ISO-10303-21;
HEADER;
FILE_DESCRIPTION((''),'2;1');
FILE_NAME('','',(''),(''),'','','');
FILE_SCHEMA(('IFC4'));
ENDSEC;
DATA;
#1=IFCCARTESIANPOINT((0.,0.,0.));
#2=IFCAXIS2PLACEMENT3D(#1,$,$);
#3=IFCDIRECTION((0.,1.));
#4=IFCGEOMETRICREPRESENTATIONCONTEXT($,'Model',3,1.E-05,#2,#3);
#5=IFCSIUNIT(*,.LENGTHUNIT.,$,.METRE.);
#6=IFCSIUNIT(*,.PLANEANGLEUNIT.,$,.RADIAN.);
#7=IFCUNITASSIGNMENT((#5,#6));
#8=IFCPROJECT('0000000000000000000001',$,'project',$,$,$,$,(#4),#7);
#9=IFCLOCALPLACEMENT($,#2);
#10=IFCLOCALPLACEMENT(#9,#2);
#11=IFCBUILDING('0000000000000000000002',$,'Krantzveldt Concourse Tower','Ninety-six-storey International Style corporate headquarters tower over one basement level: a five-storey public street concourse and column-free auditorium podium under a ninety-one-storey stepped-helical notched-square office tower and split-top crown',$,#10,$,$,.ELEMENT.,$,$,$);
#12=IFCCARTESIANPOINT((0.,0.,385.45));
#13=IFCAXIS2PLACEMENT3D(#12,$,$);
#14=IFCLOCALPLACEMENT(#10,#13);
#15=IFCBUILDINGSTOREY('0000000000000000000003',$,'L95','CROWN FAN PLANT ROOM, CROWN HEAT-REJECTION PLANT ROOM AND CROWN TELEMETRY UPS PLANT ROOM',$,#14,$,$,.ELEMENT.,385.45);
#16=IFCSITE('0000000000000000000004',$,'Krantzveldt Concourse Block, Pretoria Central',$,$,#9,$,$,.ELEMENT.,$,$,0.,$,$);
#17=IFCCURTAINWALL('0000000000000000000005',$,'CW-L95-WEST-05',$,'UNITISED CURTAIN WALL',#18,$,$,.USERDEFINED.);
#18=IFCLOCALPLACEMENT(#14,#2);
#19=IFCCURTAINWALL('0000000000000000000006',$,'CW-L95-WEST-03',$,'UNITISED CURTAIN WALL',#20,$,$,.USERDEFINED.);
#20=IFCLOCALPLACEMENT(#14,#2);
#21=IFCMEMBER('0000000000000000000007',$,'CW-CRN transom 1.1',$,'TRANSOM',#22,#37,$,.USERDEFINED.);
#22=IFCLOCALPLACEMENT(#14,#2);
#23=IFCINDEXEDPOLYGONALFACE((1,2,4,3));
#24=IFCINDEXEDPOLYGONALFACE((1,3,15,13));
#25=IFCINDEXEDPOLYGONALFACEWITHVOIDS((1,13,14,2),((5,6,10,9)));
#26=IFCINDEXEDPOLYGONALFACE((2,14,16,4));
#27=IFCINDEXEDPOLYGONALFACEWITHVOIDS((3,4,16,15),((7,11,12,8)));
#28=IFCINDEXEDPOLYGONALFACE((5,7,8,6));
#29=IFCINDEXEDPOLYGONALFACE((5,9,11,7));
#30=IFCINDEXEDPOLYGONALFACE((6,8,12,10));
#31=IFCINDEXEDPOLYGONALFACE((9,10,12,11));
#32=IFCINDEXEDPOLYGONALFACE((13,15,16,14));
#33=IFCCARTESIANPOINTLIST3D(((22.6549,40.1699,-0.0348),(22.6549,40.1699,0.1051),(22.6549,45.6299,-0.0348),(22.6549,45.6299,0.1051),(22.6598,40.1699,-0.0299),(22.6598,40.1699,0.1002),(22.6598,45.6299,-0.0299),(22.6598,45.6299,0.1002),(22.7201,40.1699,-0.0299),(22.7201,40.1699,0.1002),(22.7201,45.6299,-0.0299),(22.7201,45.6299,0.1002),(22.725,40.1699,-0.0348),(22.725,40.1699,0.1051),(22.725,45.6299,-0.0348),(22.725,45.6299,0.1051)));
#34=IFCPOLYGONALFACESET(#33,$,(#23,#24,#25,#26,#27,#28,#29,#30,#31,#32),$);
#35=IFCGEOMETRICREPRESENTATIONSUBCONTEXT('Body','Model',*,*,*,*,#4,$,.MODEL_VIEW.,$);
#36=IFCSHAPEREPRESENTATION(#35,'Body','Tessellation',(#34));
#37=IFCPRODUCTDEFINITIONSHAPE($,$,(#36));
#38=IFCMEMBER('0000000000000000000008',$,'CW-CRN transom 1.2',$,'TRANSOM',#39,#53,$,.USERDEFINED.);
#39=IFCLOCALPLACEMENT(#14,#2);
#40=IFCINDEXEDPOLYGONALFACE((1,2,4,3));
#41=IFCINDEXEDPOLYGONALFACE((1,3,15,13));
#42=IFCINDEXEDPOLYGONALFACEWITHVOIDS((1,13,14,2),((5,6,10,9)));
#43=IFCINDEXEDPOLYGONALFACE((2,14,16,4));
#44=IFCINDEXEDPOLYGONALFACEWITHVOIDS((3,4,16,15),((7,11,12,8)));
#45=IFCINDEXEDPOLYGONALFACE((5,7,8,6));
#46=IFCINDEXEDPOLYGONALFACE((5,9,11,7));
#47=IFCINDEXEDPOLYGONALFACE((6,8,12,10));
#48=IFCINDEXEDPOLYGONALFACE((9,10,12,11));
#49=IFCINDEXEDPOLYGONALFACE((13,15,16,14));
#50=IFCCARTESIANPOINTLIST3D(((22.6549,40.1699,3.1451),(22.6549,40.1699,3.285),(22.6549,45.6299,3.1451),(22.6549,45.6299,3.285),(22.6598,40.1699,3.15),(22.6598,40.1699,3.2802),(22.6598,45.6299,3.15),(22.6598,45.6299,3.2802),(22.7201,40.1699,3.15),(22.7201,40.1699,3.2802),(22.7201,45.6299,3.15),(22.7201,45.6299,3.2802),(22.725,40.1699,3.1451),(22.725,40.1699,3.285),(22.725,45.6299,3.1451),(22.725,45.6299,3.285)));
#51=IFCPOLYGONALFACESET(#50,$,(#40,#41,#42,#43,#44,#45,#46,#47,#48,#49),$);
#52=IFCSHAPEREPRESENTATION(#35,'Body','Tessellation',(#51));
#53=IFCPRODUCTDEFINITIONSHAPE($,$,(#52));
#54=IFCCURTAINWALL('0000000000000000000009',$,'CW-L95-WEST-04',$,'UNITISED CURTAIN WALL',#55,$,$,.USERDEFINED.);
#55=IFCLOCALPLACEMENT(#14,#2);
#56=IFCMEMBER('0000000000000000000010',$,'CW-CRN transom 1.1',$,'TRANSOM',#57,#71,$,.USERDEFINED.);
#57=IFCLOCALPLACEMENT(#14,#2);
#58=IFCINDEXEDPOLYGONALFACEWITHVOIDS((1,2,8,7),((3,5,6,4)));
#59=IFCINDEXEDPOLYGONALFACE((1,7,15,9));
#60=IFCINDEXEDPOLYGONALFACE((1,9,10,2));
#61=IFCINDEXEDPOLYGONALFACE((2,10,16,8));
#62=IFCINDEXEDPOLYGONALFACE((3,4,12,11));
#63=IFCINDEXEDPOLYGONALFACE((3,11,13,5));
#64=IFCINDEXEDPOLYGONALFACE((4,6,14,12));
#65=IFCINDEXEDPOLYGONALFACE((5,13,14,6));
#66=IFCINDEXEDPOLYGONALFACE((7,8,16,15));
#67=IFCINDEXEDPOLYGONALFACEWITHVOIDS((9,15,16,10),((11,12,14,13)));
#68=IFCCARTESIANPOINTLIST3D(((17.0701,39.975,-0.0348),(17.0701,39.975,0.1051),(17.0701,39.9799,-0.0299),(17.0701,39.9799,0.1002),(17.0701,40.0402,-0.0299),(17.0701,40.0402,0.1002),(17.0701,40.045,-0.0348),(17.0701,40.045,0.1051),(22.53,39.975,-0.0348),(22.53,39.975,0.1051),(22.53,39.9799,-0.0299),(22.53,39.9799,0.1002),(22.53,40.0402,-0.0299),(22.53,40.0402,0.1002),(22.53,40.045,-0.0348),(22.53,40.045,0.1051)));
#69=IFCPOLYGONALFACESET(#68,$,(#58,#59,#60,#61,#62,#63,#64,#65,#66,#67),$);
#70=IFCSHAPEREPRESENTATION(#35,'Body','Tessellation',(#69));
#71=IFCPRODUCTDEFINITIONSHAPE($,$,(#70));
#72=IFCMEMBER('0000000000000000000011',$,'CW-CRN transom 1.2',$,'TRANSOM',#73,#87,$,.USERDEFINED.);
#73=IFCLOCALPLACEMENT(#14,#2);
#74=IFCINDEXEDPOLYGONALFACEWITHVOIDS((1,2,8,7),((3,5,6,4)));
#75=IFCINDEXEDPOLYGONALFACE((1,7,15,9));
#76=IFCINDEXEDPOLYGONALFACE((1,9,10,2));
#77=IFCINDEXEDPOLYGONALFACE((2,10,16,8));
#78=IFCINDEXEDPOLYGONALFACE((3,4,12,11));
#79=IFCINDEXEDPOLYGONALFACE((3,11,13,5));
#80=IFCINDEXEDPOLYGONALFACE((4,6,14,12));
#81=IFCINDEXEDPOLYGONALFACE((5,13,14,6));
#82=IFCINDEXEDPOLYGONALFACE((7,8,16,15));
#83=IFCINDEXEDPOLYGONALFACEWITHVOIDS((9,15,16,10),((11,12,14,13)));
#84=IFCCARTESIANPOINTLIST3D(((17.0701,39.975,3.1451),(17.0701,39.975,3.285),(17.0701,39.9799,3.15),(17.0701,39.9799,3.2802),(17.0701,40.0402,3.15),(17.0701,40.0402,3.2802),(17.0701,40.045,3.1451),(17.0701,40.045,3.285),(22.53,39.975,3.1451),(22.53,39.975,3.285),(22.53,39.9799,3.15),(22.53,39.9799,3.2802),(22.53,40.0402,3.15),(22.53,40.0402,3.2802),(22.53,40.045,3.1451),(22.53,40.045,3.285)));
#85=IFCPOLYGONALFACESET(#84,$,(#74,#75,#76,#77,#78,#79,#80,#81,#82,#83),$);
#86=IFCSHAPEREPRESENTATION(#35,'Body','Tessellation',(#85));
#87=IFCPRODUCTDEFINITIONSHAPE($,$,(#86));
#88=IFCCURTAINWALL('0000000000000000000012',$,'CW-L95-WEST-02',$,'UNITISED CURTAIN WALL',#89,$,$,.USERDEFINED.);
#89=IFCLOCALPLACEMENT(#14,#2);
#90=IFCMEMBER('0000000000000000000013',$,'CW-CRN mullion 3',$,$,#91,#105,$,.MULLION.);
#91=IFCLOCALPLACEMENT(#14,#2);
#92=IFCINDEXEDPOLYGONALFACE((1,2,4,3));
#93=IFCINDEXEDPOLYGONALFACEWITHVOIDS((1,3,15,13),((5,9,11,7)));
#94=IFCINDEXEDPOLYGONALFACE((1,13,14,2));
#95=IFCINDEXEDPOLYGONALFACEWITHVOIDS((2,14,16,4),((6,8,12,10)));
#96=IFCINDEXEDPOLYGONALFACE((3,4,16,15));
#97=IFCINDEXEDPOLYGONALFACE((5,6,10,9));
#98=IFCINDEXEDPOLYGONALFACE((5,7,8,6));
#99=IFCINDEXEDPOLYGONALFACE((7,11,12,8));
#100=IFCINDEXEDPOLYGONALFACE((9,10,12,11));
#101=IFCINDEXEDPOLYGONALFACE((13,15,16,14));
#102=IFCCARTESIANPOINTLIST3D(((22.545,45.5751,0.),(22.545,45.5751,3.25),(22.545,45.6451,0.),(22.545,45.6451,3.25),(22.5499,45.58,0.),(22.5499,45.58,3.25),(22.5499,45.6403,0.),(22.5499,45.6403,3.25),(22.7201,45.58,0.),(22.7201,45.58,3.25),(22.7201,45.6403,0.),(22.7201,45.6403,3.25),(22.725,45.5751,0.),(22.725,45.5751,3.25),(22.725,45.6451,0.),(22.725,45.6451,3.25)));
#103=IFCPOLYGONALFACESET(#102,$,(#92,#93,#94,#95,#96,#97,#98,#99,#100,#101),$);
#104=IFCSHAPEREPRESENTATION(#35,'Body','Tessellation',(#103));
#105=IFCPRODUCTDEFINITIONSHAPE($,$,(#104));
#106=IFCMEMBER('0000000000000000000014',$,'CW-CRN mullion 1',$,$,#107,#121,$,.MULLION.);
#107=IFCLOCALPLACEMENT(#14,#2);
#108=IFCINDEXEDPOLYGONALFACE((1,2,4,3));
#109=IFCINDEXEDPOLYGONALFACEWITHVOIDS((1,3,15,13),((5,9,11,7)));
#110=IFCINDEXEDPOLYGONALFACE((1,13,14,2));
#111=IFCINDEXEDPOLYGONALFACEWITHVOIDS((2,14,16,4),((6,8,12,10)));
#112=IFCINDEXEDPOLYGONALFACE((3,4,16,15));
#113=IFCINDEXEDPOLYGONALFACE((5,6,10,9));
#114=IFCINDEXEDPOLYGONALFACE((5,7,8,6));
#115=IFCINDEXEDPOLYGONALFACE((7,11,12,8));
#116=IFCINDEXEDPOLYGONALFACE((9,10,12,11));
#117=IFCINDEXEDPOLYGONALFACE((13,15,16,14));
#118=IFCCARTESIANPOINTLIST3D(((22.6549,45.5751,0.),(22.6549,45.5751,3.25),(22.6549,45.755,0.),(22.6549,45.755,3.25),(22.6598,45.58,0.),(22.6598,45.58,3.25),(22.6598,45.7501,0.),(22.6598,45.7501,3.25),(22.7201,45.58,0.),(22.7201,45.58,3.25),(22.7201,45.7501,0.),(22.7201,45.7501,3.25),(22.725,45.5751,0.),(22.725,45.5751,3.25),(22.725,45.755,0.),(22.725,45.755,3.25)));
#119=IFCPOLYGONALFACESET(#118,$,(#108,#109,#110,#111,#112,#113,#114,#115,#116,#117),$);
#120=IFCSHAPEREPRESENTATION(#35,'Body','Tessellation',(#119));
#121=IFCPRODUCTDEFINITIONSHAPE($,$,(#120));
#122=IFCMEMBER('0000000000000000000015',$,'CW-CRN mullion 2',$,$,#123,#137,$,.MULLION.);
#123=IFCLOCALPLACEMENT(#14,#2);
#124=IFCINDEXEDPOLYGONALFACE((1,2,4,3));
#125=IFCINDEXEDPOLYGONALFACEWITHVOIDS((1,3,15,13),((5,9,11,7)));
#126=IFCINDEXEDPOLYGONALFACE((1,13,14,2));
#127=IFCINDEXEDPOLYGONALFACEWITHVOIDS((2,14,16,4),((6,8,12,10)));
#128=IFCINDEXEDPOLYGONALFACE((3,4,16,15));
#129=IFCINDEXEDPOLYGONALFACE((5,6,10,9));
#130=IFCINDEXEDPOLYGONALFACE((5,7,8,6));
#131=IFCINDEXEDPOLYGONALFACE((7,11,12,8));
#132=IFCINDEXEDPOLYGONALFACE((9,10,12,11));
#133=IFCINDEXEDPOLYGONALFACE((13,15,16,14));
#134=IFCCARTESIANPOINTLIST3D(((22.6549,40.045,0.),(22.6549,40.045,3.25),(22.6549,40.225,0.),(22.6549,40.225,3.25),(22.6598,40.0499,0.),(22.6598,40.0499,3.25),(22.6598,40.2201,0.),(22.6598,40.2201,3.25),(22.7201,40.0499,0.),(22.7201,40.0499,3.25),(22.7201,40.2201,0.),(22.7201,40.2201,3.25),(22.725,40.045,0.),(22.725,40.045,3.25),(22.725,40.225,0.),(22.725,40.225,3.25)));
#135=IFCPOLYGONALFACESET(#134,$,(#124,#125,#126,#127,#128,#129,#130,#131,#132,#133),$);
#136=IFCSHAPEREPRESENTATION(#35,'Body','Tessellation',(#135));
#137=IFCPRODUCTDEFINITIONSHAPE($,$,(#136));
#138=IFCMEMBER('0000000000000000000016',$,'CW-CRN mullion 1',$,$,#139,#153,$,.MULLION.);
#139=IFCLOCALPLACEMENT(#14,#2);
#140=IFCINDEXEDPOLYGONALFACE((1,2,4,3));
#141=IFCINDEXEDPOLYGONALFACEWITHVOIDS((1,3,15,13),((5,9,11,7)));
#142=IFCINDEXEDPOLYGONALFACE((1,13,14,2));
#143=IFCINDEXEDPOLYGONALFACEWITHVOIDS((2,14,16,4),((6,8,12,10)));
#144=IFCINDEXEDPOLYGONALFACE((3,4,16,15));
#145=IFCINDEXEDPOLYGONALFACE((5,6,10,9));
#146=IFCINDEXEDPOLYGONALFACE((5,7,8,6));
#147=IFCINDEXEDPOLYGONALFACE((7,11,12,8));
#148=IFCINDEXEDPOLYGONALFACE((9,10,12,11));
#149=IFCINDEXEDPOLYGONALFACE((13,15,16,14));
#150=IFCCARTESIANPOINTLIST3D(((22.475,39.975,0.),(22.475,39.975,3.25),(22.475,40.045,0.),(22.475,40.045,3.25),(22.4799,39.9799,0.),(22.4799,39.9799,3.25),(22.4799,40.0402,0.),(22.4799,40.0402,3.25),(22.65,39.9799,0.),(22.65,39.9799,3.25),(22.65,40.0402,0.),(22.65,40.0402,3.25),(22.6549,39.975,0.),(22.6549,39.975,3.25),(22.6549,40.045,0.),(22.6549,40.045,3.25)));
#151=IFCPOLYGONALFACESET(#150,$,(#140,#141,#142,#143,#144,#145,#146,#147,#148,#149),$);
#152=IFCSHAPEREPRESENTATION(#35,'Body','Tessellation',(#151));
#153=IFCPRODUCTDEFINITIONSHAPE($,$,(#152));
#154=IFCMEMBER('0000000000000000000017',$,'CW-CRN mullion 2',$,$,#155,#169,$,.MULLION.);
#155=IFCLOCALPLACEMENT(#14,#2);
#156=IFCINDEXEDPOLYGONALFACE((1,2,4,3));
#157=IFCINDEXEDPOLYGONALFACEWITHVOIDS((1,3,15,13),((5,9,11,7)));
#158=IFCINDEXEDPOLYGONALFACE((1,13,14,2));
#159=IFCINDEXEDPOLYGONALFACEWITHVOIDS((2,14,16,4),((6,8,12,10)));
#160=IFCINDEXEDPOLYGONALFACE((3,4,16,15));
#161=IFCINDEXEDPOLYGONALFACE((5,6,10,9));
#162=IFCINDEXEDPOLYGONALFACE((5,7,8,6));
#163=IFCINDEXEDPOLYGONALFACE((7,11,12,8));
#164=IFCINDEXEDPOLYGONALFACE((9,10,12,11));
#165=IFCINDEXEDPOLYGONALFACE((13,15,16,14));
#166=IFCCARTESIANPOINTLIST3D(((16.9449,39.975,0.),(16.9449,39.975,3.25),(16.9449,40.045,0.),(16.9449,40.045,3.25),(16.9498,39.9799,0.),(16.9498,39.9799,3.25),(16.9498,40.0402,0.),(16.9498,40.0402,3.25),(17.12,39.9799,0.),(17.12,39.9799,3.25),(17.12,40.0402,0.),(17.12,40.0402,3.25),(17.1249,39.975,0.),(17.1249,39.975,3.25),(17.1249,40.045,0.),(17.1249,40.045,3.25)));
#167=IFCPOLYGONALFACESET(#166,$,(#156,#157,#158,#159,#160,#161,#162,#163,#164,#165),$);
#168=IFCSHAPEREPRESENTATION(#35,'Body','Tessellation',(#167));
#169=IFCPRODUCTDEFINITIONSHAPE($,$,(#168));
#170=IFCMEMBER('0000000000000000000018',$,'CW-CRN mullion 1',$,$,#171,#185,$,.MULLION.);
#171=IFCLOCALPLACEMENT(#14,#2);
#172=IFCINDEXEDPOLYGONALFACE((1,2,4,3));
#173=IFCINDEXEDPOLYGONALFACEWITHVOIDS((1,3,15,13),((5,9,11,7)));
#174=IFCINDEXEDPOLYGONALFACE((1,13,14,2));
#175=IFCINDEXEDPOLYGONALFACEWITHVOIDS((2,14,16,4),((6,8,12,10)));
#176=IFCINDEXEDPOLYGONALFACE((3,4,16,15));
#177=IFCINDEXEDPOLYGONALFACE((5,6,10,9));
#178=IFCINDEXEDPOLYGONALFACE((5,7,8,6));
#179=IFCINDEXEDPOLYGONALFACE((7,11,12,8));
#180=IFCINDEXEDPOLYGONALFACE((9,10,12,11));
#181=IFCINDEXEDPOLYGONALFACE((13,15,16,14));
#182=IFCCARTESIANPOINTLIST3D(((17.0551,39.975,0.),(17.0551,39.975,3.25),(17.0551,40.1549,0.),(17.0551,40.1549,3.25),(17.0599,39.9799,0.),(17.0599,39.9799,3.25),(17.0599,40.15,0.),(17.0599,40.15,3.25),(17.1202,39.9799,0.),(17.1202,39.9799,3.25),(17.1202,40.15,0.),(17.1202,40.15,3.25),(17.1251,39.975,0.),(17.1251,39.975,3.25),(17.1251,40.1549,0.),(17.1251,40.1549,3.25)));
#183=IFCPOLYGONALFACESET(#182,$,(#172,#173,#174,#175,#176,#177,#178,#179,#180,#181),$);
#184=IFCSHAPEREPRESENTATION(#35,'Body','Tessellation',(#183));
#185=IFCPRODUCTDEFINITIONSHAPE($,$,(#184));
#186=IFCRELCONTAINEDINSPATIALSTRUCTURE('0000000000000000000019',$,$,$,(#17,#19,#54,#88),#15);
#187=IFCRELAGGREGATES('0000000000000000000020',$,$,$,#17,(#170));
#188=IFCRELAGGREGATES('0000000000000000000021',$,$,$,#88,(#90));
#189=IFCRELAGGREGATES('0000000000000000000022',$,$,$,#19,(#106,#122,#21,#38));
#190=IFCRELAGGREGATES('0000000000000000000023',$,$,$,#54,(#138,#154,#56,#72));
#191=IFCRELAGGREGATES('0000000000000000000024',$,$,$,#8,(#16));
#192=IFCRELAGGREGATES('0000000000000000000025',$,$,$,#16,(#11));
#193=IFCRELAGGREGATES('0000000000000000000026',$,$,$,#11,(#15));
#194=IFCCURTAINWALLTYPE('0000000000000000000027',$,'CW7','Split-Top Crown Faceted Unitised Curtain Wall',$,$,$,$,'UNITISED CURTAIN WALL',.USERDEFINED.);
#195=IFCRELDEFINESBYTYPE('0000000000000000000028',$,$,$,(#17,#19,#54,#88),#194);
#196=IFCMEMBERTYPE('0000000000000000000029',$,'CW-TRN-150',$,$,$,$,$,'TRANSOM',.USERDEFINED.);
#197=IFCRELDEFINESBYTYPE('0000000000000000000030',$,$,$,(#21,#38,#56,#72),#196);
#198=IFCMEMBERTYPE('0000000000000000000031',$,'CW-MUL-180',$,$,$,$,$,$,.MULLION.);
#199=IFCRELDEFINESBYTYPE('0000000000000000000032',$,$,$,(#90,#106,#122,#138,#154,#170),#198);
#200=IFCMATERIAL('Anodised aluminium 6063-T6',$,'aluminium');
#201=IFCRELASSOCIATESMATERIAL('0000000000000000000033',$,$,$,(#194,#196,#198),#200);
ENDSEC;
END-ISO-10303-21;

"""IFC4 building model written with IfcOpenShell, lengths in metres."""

from ifc_helpers import new_model, si_unit, direction, frame, origin, origin_2d, place, context, subcontext, project, spatial, hollow_rectangle, extrude, source, transform, mapped, material, material_profile, profile_set, type_object, type_shapes, element, aggregate, save


model = new_model("IFC4")

# Units and contexts
model_context = context("Model", 3, precision=1e-05, world=origin(), true_north=direction((0.0, 1.0)))
body_context = subcontext(model_context, "Body", "Model", "MODEL_VIEW")
ifc_project = project(units=[si_unit("LENGTHUNIT", "METRE"), si_unit("PLANEANGLEUNIT", "RADIAN")], contexts=[model_context])

# Site, building, storey
site_placement = place(None, origin())
site = spatial("IfcSite", under=ifc_project, at=site_placement, Name="Krantzveldt Concourse Block, Pretoria Central", CompositionType="ELEMENT", RefElevation=0.0)
building_placement = place(site_placement, origin())
building = spatial("IfcBuilding", under=site, at=building_placement, Name="Krantzveldt Concourse Tower", Description="Ninety-six-storey International Style corporate headquarters tower over one basement level: a five-storey public street concourse and column-free auditorium podium under a ninety-one-storey stepped-helical notched-square office tower and split-top crown", CompositionType="ELEMENT")
storey_placement = place(building_placement, frame((0.0, 0.0, 385.45)))
storey = spatial("IfcBuildingStorey", under=building, at=storey_placement, Name="L95", Description="CROWN FAN PLANT ROOM, CROWN HEAT-REJECTION PLANT ROOM AND CROWN TELEMETRY UPS PLANT ROOM", CompositionType="ELEMENT", Elevation=385.45)

# Curtain walls, members
ifc_material_1 = material(Name="Anodised aluminium 6063-T6", Category="aluminium")
curtain_wall_type = type_object("IfcCurtainWallType", Name="CW7", Description="Split-Top Crown Faceted Unitised Curtain Wall", ElementType="UNITISED CURTAIN WALL", PredefinedType="USERDEFINED", material=ifc_material_1)
curtain_wall_1_placement = place(storey_placement, origin())
curtain_wall_1 = element("IfcCurtainWall", 1, at=curtain_wall_1_placement, inside=storey, type_object=curtain_wall_type, Name="CW-L95-WEST-05", ObjectType="UNITISED CURTAIN WALL", PredefinedType="USERDEFINED")
ifc_material_profile_1 = material_profile(ifc_material_1, hollow_rectangle(XDim=0.0701, YDim=0.1399, WallThickness=0.0049, at=origin_2d()), Name="Anodised aluminium 6063-T6", Category="aluminium")
ifc_profile_set_1 = profile_set([ifc_material_profile_1], Name="Anodised aluminium 6063-T6 - ALU-TRAN 140x70x5")
member_type_1 = type_object("IfcMemberType", Name="CW-TRN-150", ElementType="TRANSOM", PredefinedType="USERDEFINED", material=ifc_profile_set_1)
curtain_wall_2_placement = place(storey_placement, origin())
curtain_wall_2 = element("IfcCurtainWall", 2, at=curtain_wall_2_placement, inside=storey, type_object=curtain_wall_type, Name="CW-L95-WEST-03", ObjectType="UNITISED CURTAIN WALL", PredefinedType="USERDEFINED")
shared_shape_1 = source(origin(), body_context, "Body", "SweptSolid", [
    extrude(hollow_rectangle(XDim=0.0701, YDim=0.1399, WallThickness=0.0049, at=origin_2d()), origin(), (0.0, 0.0, 1.0), 5.46),
])
member_1_placement = place(storey_placement, frame((22.6899, 45.6299, 0.0352), z_axis=(0.0, -1.0, 0.0), x_axis=(1.0, 0.0, 0.0)))
member_1 = element("IfcMember", 3, at=member_1_placement, type_object=member_type_1, Name="CW-CRN transom 1.1", ObjectType="TRANSOM", PredefinedType="USERDEFINED", context=body_context, shape_type="MappedRepresentation", body=[
    mapped(shared_shape_1, transform((0.0, 0.0, 0.0), x_axis=(1.0, 0.0, 0.0), y_axis=(0.0, 1.0, 0.0), z_axis=(0.0, 0.0, 1.0), scale=1.0)),
])
member_2_placement = place(storey_placement, frame((22.6899, 45.6299, 3.2151), z_axis=(0.0, -1.0, 0.0), x_axis=(1.0, 0.0, 0.0)))
member_2 = element("IfcMember", 4, at=member_2_placement, type_object=member_type_1, Name="CW-CRN transom 1.2", ObjectType="TRANSOM", PredefinedType="USERDEFINED", context=body_context, shape_type="MappedRepresentation", body=[
    mapped(shared_shape_1, transform((0.0, 0.0, 0.0), x_axis=(1.0, 0.0, 0.0), y_axis=(0.0, 1.0, 0.0), z_axis=(0.0, 0.0, 1.0), scale=1.0)),
])
curtain_wall_3_placement = place(storey_placement, origin())
curtain_wall_3 = element("IfcCurtainWall", 5, at=curtain_wall_3_placement, inside=storey, type_object=curtain_wall_type, Name="CW-L95-WEST-04", ObjectType="UNITISED CURTAIN WALL", PredefinedType="USERDEFINED")
member_3_placement = place(storey_placement, frame((22.53, 40.01, 0.0352), z_axis=(-1.0, 0.0, 0.0), x_axis=(0.0, -1.0, 0.0)))
member_3 = element("IfcMember", 6, at=member_3_placement, type_object=member_type_1, Name="CW-CRN transom 1.1", ObjectType="TRANSOM", PredefinedType="USERDEFINED", context=body_context, shape_type="MappedRepresentation", body=[
    mapped(shared_shape_1, transform((0.0, 0.0, 0.0), x_axis=(1.0, 0.0, 0.0), y_axis=(0.0, 1.0, 0.0), z_axis=(0.0, 0.0, 1.0), scale=1.0)),
])
member_4_placement = place(storey_placement, frame((22.53, 40.01, 3.2151), z_axis=(-1.0, 0.0, 0.0), x_axis=(0.0, -1.0, 0.0)))
member_4 = element("IfcMember", 7, at=member_4_placement, type_object=member_type_1, Name="CW-CRN transom 1.2", ObjectType="TRANSOM", PredefinedType="USERDEFINED", context=body_context, shape_type="MappedRepresentation", body=[
    mapped(shared_shape_1, transform((0.0, 0.0, 0.0), x_axis=(1.0, 0.0, 0.0), y_axis=(0.0, 1.0, 0.0), z_axis=(0.0, 0.0, 1.0), scale=1.0)),
])

# Curtain wall, member
curtain_wall_4_placement = place(storey_placement, origin())
curtain_wall_4 = element("IfcCurtainWall", 8, at=curtain_wall_4_placement, inside=storey, type_object=curtain_wall_type, Name="CW-L95-WEST-02", ObjectType="UNITISED CURTAIN WALL", PredefinedType="USERDEFINED")
ifc_material_profile_2 = material_profile(ifc_material_1, hollow_rectangle(XDim=0.0701, YDim=0.1799, WallThickness=0.0049, at=origin_2d()), Name="Anodised aluminium 6063-T6", Category="aluminium")
ifc_profile_set_2 = profile_set([ifc_material_profile_2], Name="Anodised aluminium 6063-T6 - ALU-MULL 180x70x5")
member_type_2 = type_object("IfcMemberType", Name="CW-MUL-180", PredefinedType="MULLION", material=ifc_profile_set_2)
shared_shape_2 = source(origin(), body_context, "Body", "SweptSolid", [
    extrude(hollow_rectangle(XDim=0.0701, YDim=0.1799, WallThickness=0.0049, at=origin_2d()), origin(), (0.0, 0.0, 1.0), 3.25),
])
type_shapes(member_type_2, [shared_shape_2])
member_5_placement = place(storey_placement, frame((22.635, 45.6101, 0.0), z_axis=(0.0, 0.0, 1.0), x_axis=(0.0, -1.0, 0.0)))
member_5 = element("IfcMember", 9, at=member_5_placement, type_object=member_type_2, Name="CW-CRN mullion 3", PredefinedType="MULLION", context=body_context, shape_type="MappedRepresentation", body=[
    mapped(shared_shape_2, transform((0.0, 0.0, 0.0), x_axis=(1.0, 0.0, 0.0), y_axis=(0.0, 1.0, 0.0), z_axis=(0.0, 0.0, 1.0), scale=1.0)),
])

# Members
member_6_placement = place(storey_placement, frame((22.6899, 45.665, 0.0), z_axis=(0.0, 0.0, 1.0), x_axis=(1.0, 0.0, 0.0)))
member_6 = element("IfcMember", 10, at=member_6_placement, type_object=member_type_2, Name="CW-CRN mullion 1", PredefinedType="MULLION", context=body_context, shape_type="MappedRepresentation", body=[
    mapped(shared_shape_2, transform((0.0, 0.0, 0.0), x_axis=(1.0, 0.0, 0.0), y_axis=(0.0, 1.0, 0.0), z_axis=(0.0, 0.0, 1.0), scale=1.0)),
])
member_7_placement = place(storey_placement, frame((22.6899, 40.135, 0.0), z_axis=(0.0, 0.0, 1.0), x_axis=(1.0, 0.0, 0.0)))
member_7 = element("IfcMember", 11, at=member_7_placement, type_object=member_type_2, Name="CW-CRN mullion 2", PredefinedType="MULLION", context=body_context, shape_type="MappedRepresentation", body=[
    mapped(shared_shape_2, transform((0.0, 0.0, 0.0), x_axis=(1.0, 0.0, 0.0), y_axis=(0.0, 1.0, 0.0), z_axis=(0.0, 0.0, 1.0), scale=1.0)),
])
member_8_placement = place(storey_placement, frame((22.5649, 40.01, 0.0), z_axis=(0.0, 0.0, 1.0), x_axis=(0.0, -1.0, 0.0)))
member_8 = element("IfcMember", 12, at=member_8_placement, type_object=member_type_2, Name="CW-CRN mullion 1", PredefinedType="MULLION", context=body_context, shape_type="MappedRepresentation", body=[
    mapped(shared_shape_2, transform((0.0, 0.0, 0.0), x_axis=(1.0, 0.0, 0.0), y_axis=(0.0, 1.0, 0.0), z_axis=(0.0, 0.0, 1.0), scale=1.0)),
])
member_9_placement = place(storey_placement, frame((17.0349, 40.01, 0.0), z_axis=(0.0, 0.0, 1.0), x_axis=(0.0, -1.0, 0.0)))
member_9 = element("IfcMember", 13, at=member_9_placement, type_object=member_type_2, Name="CW-CRN mullion 2", PredefinedType="MULLION", context=body_context, shape_type="MappedRepresentation", body=[
    mapped(shared_shape_2, transform((0.0, 0.0, 0.0), x_axis=(1.0, 0.0, 0.0), y_axis=(0.0, 1.0, 0.0), z_axis=(0.0, 0.0, 1.0), scale=1.0)),
])
member_10_placement = place(storey_placement, frame((17.0901, 40.0649, 0.0), z_axis=(0.0, 0.0, 1.0), x_axis=(1.0, 0.0, 0.0)))
member_10 = element("IfcMember", 14, at=member_10_placement, type_object=member_type_2, Name="CW-CRN mullion 1", PredefinedType="MULLION", context=body_context, shape_type="MappedRepresentation", body=[
    mapped(shared_shape_2, transform((0.0, 0.0, 0.0), x_axis=(1.0, 0.0, 0.0), y_axis=(0.0, 1.0, 0.0), z_axis=(0.0, 0.0, 1.0), scale=1.0)),
])
aggregate(curtain_wall_1, [member_10])

aggregate(curtain_wall_4, [member_5])
aggregate(curtain_wall_2, [member_6, member_7, member_1, member_2])
aggregate(curtain_wall_3, [member_8, member_9, member_3, member_4])

save(model, "model.ifc")
